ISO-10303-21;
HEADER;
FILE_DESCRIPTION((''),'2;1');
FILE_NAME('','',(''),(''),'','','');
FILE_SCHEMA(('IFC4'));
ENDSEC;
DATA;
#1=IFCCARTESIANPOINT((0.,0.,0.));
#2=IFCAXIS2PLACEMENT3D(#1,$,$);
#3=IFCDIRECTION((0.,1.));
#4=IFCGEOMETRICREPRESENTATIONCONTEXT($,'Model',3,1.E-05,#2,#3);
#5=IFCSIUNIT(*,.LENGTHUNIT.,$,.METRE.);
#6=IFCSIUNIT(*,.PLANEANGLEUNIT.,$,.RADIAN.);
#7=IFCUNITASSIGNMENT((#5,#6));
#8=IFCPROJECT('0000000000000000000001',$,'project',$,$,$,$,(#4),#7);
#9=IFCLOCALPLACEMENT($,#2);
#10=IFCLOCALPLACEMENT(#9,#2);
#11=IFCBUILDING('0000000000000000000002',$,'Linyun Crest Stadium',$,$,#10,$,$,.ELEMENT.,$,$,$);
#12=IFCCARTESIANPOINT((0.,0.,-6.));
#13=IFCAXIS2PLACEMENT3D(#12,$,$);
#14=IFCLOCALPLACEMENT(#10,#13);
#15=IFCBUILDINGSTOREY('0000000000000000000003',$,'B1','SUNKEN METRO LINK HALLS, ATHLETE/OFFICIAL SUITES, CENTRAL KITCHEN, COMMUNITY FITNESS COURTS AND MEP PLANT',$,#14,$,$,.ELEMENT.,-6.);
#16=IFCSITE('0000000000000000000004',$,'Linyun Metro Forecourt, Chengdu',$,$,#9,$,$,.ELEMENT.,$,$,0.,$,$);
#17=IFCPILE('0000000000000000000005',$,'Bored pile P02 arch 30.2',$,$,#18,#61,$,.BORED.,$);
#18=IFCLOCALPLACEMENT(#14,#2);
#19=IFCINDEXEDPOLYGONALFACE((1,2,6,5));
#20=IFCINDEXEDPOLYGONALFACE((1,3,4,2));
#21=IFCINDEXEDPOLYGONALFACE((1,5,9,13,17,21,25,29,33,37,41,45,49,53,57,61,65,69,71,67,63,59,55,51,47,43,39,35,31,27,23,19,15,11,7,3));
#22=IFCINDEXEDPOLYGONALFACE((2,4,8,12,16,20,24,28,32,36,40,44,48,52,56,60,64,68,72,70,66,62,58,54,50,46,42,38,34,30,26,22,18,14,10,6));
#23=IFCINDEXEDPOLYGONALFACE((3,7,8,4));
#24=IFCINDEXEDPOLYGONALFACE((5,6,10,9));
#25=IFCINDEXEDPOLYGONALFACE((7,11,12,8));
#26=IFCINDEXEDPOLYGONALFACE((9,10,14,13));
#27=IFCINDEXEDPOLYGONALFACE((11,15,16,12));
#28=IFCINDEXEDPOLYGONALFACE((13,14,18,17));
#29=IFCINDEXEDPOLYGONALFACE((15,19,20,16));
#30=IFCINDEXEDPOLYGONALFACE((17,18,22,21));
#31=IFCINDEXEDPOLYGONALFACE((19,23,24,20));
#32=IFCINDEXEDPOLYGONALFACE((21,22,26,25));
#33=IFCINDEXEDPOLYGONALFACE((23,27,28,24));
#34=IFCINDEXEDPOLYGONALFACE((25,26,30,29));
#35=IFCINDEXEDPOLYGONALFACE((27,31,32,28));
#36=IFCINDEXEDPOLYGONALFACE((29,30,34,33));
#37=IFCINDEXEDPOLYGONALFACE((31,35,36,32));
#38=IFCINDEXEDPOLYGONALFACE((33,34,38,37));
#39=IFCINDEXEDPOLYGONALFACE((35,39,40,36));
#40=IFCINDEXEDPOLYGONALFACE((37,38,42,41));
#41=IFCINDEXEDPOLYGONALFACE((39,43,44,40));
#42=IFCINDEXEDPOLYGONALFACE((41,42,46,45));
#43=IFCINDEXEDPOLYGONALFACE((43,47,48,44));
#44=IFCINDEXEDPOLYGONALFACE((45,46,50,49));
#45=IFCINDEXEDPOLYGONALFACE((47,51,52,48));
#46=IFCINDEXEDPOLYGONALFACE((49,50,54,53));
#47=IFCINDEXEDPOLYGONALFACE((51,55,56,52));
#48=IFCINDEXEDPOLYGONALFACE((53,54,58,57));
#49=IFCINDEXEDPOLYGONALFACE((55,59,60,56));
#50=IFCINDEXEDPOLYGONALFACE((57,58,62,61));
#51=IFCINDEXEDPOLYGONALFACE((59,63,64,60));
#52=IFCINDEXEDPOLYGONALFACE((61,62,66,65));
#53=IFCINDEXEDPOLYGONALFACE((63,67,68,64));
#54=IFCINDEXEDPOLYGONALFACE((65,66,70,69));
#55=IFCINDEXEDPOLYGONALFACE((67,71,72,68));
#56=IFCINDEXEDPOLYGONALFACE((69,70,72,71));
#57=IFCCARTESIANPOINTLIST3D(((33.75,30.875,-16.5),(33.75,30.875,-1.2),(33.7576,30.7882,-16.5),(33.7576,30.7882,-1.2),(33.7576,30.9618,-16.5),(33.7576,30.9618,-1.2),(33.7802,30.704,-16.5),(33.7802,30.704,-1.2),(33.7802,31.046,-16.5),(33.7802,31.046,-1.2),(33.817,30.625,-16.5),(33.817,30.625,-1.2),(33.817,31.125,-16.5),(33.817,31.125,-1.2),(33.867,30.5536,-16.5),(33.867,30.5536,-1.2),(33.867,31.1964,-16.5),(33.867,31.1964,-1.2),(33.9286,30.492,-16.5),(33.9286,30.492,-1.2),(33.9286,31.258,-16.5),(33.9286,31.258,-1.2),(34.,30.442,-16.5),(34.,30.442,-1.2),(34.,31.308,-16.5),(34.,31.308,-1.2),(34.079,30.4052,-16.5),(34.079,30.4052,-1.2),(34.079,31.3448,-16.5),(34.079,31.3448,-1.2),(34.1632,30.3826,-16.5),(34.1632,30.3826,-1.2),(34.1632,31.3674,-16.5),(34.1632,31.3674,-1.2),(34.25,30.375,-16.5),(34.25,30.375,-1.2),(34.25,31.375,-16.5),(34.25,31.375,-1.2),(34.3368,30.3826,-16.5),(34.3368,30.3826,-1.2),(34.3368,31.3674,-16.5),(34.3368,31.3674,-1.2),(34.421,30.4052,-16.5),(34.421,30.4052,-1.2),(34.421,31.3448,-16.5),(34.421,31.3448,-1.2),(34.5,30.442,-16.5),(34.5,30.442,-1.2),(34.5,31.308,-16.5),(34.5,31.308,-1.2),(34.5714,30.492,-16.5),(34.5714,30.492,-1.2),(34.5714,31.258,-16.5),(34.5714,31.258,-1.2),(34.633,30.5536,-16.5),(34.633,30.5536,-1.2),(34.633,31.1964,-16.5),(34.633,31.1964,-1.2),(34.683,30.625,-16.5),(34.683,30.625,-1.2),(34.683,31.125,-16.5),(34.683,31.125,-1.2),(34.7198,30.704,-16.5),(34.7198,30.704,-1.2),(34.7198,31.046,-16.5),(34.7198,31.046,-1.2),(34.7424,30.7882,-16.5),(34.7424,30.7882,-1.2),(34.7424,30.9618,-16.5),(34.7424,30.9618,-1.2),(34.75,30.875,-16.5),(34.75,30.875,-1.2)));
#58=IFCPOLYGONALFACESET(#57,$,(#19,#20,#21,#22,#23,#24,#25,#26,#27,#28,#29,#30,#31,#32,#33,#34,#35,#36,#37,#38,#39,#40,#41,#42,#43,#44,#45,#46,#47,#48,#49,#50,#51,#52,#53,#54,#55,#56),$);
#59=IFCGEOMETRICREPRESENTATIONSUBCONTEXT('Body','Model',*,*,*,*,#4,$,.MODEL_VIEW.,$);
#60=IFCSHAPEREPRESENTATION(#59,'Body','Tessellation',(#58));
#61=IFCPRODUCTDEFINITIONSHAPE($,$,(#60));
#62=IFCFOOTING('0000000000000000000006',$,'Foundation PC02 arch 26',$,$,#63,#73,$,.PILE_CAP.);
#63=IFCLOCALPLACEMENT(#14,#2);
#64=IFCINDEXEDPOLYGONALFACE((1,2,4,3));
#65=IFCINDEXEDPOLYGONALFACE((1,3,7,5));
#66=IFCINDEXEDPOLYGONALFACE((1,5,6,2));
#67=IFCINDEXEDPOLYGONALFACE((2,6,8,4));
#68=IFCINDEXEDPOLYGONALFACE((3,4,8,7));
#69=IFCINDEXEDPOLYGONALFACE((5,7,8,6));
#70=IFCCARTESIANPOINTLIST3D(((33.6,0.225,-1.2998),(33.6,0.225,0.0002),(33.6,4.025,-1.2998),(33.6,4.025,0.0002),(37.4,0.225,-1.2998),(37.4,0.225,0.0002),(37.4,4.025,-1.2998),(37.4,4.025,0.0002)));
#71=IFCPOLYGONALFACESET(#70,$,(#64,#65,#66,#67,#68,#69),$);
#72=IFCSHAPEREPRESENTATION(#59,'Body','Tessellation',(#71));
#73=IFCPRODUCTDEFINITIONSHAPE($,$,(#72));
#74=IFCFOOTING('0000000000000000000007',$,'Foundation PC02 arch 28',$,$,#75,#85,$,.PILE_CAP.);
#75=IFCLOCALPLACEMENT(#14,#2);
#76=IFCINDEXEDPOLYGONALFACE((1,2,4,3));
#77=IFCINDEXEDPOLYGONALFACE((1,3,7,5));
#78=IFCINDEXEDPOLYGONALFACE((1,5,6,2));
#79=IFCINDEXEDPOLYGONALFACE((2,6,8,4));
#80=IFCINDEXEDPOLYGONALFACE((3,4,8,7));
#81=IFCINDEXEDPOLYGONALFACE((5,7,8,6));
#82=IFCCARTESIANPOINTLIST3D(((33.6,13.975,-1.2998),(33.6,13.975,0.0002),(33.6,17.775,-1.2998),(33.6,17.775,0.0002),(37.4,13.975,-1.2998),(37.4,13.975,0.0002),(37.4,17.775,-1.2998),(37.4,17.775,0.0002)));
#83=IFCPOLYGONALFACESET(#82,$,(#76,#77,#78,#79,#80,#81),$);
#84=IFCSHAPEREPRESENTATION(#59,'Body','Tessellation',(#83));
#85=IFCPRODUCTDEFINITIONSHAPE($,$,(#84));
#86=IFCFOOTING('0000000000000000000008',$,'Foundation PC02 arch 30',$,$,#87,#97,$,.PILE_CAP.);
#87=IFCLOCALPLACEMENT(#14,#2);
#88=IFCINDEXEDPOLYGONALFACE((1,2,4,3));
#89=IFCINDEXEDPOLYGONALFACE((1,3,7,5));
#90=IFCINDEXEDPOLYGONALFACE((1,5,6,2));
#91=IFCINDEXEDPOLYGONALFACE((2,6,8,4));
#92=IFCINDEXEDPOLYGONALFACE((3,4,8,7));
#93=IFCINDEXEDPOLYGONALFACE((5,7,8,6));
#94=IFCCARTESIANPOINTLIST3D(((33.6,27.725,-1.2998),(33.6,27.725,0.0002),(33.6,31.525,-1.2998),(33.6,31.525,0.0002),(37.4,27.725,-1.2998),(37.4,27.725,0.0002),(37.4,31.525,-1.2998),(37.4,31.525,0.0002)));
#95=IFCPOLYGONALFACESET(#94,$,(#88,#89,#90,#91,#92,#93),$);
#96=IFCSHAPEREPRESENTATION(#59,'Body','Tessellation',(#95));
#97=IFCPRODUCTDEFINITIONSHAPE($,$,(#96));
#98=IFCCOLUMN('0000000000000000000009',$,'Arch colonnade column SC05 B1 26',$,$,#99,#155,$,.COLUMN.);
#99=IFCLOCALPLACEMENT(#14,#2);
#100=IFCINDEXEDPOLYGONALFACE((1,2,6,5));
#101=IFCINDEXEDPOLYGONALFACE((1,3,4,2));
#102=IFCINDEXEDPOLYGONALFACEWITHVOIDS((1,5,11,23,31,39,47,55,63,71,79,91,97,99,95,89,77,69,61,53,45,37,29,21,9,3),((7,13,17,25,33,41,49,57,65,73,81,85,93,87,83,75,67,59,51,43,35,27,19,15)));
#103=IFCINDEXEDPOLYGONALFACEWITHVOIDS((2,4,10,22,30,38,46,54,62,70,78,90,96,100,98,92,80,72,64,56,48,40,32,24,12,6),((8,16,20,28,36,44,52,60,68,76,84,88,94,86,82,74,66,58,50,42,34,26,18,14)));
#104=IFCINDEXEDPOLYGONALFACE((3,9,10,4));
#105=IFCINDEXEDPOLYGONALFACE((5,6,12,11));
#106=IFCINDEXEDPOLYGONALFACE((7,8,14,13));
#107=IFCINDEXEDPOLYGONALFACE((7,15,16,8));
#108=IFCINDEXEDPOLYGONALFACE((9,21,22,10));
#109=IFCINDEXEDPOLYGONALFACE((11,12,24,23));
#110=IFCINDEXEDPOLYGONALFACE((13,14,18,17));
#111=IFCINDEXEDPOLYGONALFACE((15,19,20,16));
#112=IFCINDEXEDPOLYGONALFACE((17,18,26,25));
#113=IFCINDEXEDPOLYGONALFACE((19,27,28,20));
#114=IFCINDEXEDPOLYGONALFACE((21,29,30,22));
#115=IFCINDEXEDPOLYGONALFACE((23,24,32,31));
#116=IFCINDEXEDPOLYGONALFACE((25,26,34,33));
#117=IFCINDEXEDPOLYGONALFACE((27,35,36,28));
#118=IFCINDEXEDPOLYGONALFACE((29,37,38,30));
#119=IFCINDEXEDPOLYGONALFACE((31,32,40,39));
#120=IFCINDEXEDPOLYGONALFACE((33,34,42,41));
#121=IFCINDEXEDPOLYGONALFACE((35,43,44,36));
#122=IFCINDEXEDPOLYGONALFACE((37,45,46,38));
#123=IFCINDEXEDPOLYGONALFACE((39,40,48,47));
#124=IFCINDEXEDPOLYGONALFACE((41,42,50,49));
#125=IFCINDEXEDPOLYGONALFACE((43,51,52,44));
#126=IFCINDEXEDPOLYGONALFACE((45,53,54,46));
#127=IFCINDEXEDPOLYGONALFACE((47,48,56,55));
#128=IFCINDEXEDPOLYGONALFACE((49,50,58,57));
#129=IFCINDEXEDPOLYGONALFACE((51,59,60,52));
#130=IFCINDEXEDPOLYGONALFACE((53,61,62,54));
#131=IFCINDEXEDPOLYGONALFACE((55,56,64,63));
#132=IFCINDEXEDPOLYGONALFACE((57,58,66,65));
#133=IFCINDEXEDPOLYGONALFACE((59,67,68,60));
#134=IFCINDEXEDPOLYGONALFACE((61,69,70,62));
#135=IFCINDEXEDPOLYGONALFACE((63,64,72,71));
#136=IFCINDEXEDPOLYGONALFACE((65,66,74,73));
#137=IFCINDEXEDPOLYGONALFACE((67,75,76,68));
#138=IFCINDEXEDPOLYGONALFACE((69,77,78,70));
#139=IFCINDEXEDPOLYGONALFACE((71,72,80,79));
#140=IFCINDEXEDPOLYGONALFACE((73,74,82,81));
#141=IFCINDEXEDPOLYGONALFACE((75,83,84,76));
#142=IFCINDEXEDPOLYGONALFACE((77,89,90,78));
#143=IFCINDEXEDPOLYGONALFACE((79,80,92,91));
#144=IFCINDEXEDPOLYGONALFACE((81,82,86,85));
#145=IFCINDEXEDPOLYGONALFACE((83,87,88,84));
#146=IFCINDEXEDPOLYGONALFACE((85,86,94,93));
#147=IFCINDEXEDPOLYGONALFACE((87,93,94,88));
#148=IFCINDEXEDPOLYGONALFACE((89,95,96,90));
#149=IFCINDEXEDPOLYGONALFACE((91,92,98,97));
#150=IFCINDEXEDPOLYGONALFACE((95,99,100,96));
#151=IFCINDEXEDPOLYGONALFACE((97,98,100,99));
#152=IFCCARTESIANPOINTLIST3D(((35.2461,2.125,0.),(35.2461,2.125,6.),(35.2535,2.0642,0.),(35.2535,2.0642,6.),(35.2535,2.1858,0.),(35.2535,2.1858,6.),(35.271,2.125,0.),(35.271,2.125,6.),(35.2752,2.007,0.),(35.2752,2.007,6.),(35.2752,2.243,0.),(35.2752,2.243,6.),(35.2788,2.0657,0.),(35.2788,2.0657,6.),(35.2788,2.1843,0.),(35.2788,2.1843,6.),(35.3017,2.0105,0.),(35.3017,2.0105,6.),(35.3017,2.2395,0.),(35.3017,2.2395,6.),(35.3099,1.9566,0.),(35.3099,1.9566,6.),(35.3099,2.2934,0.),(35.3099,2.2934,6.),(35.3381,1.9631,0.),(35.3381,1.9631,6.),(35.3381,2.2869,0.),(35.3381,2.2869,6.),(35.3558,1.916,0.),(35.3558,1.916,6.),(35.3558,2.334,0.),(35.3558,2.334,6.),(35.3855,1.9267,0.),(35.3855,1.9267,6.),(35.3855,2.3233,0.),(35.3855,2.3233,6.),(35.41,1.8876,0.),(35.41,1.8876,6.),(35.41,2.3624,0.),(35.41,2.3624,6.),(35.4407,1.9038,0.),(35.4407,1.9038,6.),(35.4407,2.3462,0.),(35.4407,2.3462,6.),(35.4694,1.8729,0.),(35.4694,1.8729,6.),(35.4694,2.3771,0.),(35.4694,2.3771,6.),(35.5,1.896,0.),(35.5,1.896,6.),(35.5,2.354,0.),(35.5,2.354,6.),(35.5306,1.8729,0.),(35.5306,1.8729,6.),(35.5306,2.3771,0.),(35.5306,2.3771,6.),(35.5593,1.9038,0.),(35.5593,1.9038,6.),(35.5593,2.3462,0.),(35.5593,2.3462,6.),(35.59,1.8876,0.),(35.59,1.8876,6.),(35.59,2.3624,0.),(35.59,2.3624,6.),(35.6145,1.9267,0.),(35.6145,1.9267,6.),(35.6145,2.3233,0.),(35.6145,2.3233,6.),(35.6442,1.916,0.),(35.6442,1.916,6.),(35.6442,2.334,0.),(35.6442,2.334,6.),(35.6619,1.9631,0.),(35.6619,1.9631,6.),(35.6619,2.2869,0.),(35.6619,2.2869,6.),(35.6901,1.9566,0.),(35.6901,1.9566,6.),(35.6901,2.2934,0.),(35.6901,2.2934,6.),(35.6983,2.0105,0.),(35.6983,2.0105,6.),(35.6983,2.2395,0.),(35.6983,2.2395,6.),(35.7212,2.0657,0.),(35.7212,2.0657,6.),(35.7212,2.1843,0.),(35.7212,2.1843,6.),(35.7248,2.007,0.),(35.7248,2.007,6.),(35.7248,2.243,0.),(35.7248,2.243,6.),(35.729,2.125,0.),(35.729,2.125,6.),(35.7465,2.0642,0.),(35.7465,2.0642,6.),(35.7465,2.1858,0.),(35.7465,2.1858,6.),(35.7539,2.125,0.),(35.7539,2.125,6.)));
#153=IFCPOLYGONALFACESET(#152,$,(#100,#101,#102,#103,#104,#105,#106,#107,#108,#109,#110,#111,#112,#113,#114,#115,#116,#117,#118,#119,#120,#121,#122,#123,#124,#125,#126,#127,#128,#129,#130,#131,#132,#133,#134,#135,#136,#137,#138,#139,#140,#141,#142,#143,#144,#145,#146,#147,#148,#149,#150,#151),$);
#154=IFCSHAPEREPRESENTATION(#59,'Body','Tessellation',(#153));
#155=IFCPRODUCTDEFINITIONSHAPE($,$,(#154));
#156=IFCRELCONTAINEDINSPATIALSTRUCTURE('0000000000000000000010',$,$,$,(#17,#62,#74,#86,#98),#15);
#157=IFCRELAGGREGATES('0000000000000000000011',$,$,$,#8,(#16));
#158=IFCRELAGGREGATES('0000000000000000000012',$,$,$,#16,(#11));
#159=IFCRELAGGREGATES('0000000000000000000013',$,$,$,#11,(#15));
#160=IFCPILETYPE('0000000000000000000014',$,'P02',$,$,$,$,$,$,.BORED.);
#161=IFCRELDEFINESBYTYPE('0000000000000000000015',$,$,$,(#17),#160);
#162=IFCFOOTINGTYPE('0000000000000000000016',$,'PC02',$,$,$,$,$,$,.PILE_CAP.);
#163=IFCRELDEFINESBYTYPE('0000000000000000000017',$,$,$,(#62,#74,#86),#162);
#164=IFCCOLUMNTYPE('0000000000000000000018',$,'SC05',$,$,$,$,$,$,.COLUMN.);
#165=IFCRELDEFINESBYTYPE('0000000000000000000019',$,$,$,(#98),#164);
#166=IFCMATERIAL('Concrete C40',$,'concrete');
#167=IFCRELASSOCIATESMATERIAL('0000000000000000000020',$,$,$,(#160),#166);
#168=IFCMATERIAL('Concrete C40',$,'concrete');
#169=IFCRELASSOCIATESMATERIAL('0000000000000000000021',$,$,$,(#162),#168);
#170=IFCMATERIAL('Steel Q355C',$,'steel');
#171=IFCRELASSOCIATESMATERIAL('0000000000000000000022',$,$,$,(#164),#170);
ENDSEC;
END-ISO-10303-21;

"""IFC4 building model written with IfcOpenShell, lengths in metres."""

from ifc_helpers import new_model, si_unit, direction, frame, origin, origin_2d, place, context, subcontext, project, spatial, rectangle, circle, hollow_circle, extrude, material, material_profile, profile_set, type_object, element, save


model = new_model("IFC4")

# Units and contexts
model_context = context("Model", 3, precision=1e-05, world=origin(), true_north=direction((0.0, 1.0)))
body_context = subcontext(model_context, "Body", "Model", "MODEL_VIEW")
ifc_project = project(units=[si_unit("LENGTHUNIT", "METRE"), si_unit("PLANEANGLEUNIT", "RADIAN")], contexts=[model_context])

# Site, building, storey
site_placement = place(None, origin())
site = spatial("IfcSite", under=ifc_project, at=site_placement, Name="Linyun Metro Forecourt, Chengdu", CompositionType="ELEMENT", RefElevation=0.0)
building_placement = place(site_placement, origin())
building = spatial("IfcBuilding", under=site, at=building_placement, Name="Linyun Crest Stadium", CompositionType="ELEMENT")
storey_placement = place(building_placement, frame((0.0, 0.0, -6.0)))
storey = spatial("IfcBuildingStorey", under=building, at=storey_placement, Name="B1", Description="SUNKEN METRO LINK HALLS, ATHLETE/OFFICIAL SUITES, CENTRAL KITCHEN, COMMUNITY FITNESS COURTS AND MEP PLANT", CompositionType="ELEMENT", Elevation=-6.0)

# Pile
ifc_material_1 = material(Name="Concrete C40", Category="concrete")
ifc_material_profile_1 = material_profile(ifc_material_1, circle(Radius=0.5, at=origin_2d()), Name="BORED PILE 1000")
ifc_profile_set_1 = profile_set([ifc_material_profile_1], Name="Concrete C40")
pile_type = type_object("IfcPileType", Name="P02", PredefinedType="BORED", material=ifc_profile_set_1)
for number, where, z_axis, x_axis, name in (
    (1, (34.25, 30.875, -1.2), (0.0, 0.0, -1.0), (1.0, 0.0, 0.0), "Bored pile P02 arch 30.2"),
):
    element("IfcPile", number, at=place(storey_placement, frame(where, z_axis=z_axis, x_axis=x_axis)), inside=storey, type_object=pile_type, Name=name, PredefinedType="BORED", context=body_context, shape_type="SweptSolid", body=[
        extrude(circle(Radius=0.5, at=origin_2d()), origin(), (0.0, 0.0, 1.0), 15.3),
    ])

# Footings
ifc_material_2 = material(Name="Concrete C40", Category="concrete")
footing_type = type_object("IfcFootingType", Name="PC02", PredefinedType="PILE_CAP", material=ifc_material_2)
for number, where, z_axis, x_axis, name in (
    (2, (35.5, 2.125, -1.2998), (0.0, 0.0, 1.0), (1.0, 0.0, 0.0), "Foundation PC02 arch 26"),
    (3, (35.5, 15.875, -1.2998), (0.0, 0.0, 1.0), (1.0, 0.0, 0.0), "Foundation PC02 arch 28"),
    (4, (35.5, 29.625, -1.2998), (0.0, 0.0, 1.0), (1.0, 0.0, 0.0), "Foundation PC02 arch 30"),
):
    element("IfcFooting", number, at=place(storey_placement, frame(where, z_axis=z_axis, x_axis=x_axis)), inside=storey, type_object=footing_type, Name=name, PredefinedType="PILE_CAP", context=body_context, shape_type="SweptSolid", body=[
        extrude(rectangle(XDim=3.8, YDim=3.8, at=origin_2d()), origin(), (0.0, 0.0, 1.0), 1.3),
    ])

# Column
ifc_material_3 = material(Name="Steel Q355C", Category="steel")
ifc_material_profile_2 = material_profile(ifc_material_3, hollow_circle(Radius=0.2539, WallThickness=0.0249, at=origin_2d()), Name="CHS 508x25")
ifc_profile_set_2 = profile_set([ifc_material_profile_2], Name="Steel Q355C")
column_type = type_object("IfcColumnType", Name="SC05", PredefinedType="COLUMN", material=ifc_profile_set_2)
for number, where, z_axis, x_axis, name in (
    (5, (35.5, 2.125, 0.0), (0.0, 0.0, 1.0), (1.0, 0.0, 0.0), "Arch colonnade column SC05 B1 26"),
):
    element("IfcColumn", number, at=place(storey_placement, frame(where, z_axis=z_axis, x_axis=x_axis)), inside=storey, type_object=column_type, Name=name, PredefinedType="COLUMN", context=body_context, shape_type="SweptSolid", body=[
        extrude(hollow_circle(Radius=0.2539, WallThickness=0.0249, at=origin_2d()), origin(), (0.0, 0.0, 1.0), 6.0),
    ])

save(model, "model.ifc")
